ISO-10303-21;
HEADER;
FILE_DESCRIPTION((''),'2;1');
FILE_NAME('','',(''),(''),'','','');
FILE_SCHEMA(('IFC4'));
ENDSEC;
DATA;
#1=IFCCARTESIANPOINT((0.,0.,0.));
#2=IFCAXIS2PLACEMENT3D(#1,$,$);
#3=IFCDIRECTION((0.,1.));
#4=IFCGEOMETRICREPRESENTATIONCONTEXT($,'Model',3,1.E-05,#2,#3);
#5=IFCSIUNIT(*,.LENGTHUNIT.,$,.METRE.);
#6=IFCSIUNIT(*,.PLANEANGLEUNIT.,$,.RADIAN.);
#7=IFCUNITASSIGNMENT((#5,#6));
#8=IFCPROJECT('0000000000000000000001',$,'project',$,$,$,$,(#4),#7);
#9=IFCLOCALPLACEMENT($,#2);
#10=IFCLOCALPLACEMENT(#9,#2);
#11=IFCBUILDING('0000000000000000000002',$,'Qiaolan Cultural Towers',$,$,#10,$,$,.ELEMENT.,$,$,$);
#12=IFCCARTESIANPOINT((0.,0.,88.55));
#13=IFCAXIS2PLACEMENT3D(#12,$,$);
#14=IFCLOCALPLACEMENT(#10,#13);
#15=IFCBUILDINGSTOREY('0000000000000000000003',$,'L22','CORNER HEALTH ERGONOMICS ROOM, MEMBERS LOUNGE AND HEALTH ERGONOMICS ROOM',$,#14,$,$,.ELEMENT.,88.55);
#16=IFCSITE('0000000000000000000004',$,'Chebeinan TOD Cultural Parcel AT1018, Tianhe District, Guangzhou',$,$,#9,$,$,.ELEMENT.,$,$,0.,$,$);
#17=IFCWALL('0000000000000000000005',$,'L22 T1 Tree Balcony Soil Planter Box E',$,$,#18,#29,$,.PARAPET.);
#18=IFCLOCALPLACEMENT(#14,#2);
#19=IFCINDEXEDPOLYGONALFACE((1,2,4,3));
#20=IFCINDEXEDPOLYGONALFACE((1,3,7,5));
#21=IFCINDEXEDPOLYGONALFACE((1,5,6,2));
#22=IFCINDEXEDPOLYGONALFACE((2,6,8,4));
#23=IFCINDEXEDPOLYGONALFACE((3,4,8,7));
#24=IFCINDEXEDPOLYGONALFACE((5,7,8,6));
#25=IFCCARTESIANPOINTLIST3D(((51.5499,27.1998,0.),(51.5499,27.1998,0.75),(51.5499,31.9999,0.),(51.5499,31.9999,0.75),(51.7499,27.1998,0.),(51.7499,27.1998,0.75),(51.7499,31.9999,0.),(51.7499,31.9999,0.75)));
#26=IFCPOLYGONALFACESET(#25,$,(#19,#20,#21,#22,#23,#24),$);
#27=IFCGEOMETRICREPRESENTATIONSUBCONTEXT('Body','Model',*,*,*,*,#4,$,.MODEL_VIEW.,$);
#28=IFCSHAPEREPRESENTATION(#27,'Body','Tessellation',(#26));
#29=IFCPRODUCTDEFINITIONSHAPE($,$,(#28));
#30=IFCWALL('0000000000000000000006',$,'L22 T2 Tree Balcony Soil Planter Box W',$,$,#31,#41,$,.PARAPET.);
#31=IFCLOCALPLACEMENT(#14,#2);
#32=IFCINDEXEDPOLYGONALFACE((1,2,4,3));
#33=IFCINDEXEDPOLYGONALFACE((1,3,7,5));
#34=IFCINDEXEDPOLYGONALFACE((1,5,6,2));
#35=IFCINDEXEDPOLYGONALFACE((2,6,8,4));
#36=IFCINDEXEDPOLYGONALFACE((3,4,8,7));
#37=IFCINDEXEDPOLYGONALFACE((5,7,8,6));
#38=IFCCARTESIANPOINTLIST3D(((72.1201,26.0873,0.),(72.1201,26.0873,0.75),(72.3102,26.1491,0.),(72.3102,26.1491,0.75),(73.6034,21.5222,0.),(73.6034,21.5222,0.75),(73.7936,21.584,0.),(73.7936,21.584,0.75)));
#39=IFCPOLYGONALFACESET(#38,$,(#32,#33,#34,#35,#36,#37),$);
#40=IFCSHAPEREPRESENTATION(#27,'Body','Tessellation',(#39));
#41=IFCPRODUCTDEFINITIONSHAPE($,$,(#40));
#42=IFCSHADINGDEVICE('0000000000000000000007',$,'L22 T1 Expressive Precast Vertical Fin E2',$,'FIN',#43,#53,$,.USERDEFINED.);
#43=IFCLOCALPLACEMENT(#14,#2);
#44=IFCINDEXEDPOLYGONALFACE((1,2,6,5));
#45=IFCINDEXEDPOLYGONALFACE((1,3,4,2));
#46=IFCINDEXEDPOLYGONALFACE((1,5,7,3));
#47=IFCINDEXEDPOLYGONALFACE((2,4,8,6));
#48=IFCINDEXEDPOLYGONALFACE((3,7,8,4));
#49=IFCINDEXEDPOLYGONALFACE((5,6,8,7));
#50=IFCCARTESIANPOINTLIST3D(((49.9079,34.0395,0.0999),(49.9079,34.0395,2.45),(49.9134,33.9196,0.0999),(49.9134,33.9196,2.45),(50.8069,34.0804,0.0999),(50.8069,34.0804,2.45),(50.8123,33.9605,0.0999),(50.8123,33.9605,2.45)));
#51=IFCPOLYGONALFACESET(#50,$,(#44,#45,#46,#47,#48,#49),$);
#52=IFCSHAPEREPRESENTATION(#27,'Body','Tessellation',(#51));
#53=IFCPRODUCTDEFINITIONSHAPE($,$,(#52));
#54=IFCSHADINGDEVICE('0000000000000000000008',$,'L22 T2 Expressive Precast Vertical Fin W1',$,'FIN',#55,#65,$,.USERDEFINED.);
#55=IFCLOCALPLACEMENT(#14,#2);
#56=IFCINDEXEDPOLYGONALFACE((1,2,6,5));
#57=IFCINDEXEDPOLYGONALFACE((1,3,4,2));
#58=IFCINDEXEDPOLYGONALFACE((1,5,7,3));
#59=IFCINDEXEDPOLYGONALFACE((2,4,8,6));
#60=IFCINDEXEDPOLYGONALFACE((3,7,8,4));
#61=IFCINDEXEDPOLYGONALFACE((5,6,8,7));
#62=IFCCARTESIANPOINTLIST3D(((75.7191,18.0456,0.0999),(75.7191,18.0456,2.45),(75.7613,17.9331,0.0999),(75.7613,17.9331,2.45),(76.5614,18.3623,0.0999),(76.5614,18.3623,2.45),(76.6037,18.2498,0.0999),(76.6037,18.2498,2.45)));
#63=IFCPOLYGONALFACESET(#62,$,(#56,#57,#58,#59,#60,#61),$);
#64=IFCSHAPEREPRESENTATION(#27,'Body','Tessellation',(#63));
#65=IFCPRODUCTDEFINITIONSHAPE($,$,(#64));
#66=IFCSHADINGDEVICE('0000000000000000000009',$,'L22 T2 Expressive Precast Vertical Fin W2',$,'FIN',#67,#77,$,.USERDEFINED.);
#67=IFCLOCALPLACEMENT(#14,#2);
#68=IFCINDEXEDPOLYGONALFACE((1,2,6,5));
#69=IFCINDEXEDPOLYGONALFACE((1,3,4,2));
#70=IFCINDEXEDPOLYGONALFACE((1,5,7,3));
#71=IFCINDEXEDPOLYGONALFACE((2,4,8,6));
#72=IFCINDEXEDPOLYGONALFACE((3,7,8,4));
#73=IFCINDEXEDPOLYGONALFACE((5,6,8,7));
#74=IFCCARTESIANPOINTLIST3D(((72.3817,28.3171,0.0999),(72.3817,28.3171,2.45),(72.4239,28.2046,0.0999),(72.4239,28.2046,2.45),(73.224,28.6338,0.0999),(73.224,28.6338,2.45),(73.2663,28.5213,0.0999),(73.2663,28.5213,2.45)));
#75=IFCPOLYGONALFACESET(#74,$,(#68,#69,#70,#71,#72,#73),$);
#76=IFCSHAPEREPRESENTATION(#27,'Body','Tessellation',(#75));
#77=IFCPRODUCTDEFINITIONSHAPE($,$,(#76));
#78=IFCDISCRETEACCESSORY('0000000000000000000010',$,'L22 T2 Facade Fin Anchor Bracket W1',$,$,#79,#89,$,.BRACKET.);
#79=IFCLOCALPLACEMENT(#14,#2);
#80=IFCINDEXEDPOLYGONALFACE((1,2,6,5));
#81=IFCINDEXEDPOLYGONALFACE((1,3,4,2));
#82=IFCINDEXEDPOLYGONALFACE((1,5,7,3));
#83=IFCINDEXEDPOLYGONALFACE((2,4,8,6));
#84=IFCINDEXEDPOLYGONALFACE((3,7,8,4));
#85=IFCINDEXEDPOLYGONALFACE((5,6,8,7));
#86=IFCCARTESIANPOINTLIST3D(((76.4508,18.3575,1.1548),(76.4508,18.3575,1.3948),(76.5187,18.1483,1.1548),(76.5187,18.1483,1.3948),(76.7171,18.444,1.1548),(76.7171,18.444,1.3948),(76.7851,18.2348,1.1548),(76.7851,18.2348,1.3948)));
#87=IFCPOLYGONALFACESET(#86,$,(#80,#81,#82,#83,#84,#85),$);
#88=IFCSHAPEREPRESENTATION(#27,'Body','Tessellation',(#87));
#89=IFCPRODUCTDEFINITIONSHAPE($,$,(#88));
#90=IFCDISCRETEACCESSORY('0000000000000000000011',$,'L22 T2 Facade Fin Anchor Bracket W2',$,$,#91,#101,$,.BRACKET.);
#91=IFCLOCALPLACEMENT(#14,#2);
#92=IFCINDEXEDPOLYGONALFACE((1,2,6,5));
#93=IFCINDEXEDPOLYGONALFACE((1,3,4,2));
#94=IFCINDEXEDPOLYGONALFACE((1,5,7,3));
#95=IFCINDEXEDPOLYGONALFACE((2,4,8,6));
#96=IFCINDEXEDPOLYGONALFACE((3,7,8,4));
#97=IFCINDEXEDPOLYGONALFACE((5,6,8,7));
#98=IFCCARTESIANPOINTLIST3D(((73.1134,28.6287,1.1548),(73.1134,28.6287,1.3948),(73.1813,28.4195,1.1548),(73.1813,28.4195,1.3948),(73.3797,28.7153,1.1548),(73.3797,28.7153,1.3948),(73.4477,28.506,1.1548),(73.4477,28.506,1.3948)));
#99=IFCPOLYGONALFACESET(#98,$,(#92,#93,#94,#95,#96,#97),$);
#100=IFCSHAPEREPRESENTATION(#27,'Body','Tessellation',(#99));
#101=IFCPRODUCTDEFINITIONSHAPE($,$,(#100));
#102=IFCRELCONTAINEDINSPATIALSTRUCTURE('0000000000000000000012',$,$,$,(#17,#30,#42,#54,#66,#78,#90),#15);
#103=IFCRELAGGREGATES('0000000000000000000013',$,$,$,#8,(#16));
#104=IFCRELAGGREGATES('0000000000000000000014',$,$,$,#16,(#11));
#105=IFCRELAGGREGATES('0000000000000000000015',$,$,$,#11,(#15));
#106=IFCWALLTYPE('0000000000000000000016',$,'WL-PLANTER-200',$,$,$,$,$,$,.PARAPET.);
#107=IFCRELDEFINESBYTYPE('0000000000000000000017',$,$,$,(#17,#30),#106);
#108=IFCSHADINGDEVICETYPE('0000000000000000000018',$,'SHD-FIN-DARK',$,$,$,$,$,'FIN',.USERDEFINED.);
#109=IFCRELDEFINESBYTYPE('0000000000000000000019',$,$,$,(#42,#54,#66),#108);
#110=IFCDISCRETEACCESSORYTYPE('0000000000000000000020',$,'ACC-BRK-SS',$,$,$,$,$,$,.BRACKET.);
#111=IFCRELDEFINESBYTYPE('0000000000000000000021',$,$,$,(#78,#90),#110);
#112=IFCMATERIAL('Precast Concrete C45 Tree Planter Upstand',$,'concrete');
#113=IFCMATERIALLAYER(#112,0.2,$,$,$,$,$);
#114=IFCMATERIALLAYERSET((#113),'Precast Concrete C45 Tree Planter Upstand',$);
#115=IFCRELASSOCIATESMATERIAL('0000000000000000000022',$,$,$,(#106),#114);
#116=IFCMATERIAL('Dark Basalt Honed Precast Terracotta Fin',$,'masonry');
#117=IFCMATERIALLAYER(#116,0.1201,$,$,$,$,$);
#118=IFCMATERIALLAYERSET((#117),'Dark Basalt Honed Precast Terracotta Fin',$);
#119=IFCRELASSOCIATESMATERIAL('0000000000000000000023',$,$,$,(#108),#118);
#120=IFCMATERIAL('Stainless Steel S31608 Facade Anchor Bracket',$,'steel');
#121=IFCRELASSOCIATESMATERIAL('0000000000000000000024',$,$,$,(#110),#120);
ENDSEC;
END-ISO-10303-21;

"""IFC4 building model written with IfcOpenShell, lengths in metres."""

from ifc_helpers import new_model, si_unit, direction, frame, frame_2d, origin, origin_2d, place, context, subcontext, project, spatial, rectangle, extrude, material, layer, layer_set, type_object, element, save


model = new_model("IFC4")

# Units and contexts
model_context = context("Model", 3, precision=1e-05, world=origin(), true_north=direction((0.0, 1.0)))
body_context = subcontext(model_context, "Body", "Model", "MODEL_VIEW")
ifc_project = project(units=[si_unit("LENGTHUNIT", "METRE"), si_unit("PLANEANGLEUNIT", "RADIAN")], contexts=[model_context])

# Site, building, storey
site_placement = place(None, origin())
site = spatial("IfcSite", under=ifc_project, at=site_placement, Name="Chebeinan TOD Cultural Parcel AT1018, Tianhe District, Guangzhou", CompositionType="ELEMENT", RefElevation=0.0)
building_placement = place(site_placement, origin())
building = spatial("IfcBuilding", under=site, at=building_placement, Name="Qiaolan Cultural Towers", CompositionType="ELEMENT")
storey_placement = place(building_placement, frame((0.0, 0.0, 88.55)))
storey = spatial("IfcBuildingStorey", under=building, at=storey_placement, Name="L22", Description="CORNER HEALTH ERGONOMICS ROOM, MEMBERS LOUNGE AND HEALTH ERGONOMICS ROOM", CompositionType="ELEMENT", Elevation=88.55)

# Walls
ifc_material_1 = material(Name="Precast Concrete C45 Tree Planter Upstand", Category="concrete")
ifc_layer_1 = layer(ifc_material_1, 0.2)
ifc_layer_set_1 = layer_set([ifc_layer_1], Name="Precast Concrete C45 Tree Planter Upstand")
wall_type_1 = type_object("IfcWallType", Name="WL-PLANTER-200", PredefinedType="PARAPET", material=ifc_layer_set_1)
for number, where, z_axis, x_axis, name in (
    (1, (51.6499, 27.2, 0.0), (0.0, 0.0, 1.0), (0.0, 1.0, 0.0), "L22 T1 Tree Balcony Soil Planter Box E"),
    (2, (73.6985, 21.5532, 0.0), (0.0, 0.0, 1.0), (-0.309032, 0.951052, 0.0), "L22 T2 Tree Balcony Soil Planter Box W"),
):
    element("IfcWall", number, at=place(storey_placement, frame(where, z_axis=z_axis, x_axis=x_axis)), inside=storey, type_object=wall_type_1, Name=name, PredefinedType="PARAPET", context=body_context, shape_type="SweptSolid", body=[
        extrude(rectangle(XDim=4.8, YDim=0.2, at=frame_2d((2.3999, 0.0))), origin(), (0.0, 0.0, 1.0), 0.75),
    ])

# Shading devices
ifc_material_2 = material(Name="Dark Basalt Honed Precast Terracotta Fin", Category="masonry")
ifc_layer_2 = layer(ifc_material_2, 0.1201)
ifc_layer_set_2 = layer_set([ifc_layer_2], Name="Dark Basalt Honed Precast Terracotta Fin")
shading_device_type = type_object("IfcShadingDeviceType", Name="SHD-FIN-DARK", ElementType="FIN", PredefinedType="USERDEFINED", material=ifc_layer_set_2)
for number, where, z_axis, x_axis, name in (
    (3, (50.3601, 34.0, 0.0999), (0.0, 0.0, 1.0), (0.998967, 0.045445, 0.0), "L22 T1 Expressive Precast Vertical Fin E2"),
    (4, (76.1614, 18.1477, 0.0999), (0.0, 0.0, 1.0), (0.936031, 0.351919, 0.0), "L22 T2 Expressive Precast Vertical Fin W1"),
    (5, (72.824, 28.4192, 0.0999), (0.0, 0.0, 1.0), (0.936031, 0.351919, 0.0), "L22 T2 Expressive Precast Vertical Fin W2"),
):
    element("IfcShadingDevice", number, at=place(storey_placement, frame(where, z_axis=z_axis, x_axis=x_axis)), inside=storey, type_object=shading_device_type, Name=name, ObjectType="FIN", PredefinedType="USERDEFINED", context=body_context, shape_type="SweptSolid", body=[
        extrude(rectangle(XDim=0.8999, YDim=0.1201, at=origin_2d()), origin(), (0.0, 0.0, 1.0), 2.3501),
    ])

# Discrete accessories
ifc_material_3 = material(Name="Stainless Steel S31608 Facade Anchor Bracket", Category="steel")
discrete_accessory_type = type_object("IfcDiscreteAccessoryType", Name="ACC-BRK-SS", PredefinedType="BRACKET", material=ifc_material_3)
for number, where, z_axis, x_axis, name in (
    (6, (76.6179, 18.2961, 1.1548), (0.0, 0.0, 1.0), (0.951057, 0.309017, 0.0), "L22 T2 Facade Fin Anchor Bracket W1"),
    (7, (73.2805, 28.5674, 1.1548), (0.0, 0.0, 1.0), (0.951057, 0.309017, 0.0), "L22 T2 Facade Fin Anchor Bracket W2"),
):
    element("IfcDiscreteAccessory", number, at=place(storey_placement, frame(where, z_axis=z_axis, x_axis=x_axis)), inside=storey, type_object=discrete_accessory_type, Name=name, PredefinedType="BRACKET", context=body_context, shape_type="SweptSolid", body=[
        extrude(rectangle(XDim=0.28, YDim=0.22, at=origin_2d()), origin(), (0.0, 0.0, 1.0), 0.24),
    ])

save(model, "model.ifc")
